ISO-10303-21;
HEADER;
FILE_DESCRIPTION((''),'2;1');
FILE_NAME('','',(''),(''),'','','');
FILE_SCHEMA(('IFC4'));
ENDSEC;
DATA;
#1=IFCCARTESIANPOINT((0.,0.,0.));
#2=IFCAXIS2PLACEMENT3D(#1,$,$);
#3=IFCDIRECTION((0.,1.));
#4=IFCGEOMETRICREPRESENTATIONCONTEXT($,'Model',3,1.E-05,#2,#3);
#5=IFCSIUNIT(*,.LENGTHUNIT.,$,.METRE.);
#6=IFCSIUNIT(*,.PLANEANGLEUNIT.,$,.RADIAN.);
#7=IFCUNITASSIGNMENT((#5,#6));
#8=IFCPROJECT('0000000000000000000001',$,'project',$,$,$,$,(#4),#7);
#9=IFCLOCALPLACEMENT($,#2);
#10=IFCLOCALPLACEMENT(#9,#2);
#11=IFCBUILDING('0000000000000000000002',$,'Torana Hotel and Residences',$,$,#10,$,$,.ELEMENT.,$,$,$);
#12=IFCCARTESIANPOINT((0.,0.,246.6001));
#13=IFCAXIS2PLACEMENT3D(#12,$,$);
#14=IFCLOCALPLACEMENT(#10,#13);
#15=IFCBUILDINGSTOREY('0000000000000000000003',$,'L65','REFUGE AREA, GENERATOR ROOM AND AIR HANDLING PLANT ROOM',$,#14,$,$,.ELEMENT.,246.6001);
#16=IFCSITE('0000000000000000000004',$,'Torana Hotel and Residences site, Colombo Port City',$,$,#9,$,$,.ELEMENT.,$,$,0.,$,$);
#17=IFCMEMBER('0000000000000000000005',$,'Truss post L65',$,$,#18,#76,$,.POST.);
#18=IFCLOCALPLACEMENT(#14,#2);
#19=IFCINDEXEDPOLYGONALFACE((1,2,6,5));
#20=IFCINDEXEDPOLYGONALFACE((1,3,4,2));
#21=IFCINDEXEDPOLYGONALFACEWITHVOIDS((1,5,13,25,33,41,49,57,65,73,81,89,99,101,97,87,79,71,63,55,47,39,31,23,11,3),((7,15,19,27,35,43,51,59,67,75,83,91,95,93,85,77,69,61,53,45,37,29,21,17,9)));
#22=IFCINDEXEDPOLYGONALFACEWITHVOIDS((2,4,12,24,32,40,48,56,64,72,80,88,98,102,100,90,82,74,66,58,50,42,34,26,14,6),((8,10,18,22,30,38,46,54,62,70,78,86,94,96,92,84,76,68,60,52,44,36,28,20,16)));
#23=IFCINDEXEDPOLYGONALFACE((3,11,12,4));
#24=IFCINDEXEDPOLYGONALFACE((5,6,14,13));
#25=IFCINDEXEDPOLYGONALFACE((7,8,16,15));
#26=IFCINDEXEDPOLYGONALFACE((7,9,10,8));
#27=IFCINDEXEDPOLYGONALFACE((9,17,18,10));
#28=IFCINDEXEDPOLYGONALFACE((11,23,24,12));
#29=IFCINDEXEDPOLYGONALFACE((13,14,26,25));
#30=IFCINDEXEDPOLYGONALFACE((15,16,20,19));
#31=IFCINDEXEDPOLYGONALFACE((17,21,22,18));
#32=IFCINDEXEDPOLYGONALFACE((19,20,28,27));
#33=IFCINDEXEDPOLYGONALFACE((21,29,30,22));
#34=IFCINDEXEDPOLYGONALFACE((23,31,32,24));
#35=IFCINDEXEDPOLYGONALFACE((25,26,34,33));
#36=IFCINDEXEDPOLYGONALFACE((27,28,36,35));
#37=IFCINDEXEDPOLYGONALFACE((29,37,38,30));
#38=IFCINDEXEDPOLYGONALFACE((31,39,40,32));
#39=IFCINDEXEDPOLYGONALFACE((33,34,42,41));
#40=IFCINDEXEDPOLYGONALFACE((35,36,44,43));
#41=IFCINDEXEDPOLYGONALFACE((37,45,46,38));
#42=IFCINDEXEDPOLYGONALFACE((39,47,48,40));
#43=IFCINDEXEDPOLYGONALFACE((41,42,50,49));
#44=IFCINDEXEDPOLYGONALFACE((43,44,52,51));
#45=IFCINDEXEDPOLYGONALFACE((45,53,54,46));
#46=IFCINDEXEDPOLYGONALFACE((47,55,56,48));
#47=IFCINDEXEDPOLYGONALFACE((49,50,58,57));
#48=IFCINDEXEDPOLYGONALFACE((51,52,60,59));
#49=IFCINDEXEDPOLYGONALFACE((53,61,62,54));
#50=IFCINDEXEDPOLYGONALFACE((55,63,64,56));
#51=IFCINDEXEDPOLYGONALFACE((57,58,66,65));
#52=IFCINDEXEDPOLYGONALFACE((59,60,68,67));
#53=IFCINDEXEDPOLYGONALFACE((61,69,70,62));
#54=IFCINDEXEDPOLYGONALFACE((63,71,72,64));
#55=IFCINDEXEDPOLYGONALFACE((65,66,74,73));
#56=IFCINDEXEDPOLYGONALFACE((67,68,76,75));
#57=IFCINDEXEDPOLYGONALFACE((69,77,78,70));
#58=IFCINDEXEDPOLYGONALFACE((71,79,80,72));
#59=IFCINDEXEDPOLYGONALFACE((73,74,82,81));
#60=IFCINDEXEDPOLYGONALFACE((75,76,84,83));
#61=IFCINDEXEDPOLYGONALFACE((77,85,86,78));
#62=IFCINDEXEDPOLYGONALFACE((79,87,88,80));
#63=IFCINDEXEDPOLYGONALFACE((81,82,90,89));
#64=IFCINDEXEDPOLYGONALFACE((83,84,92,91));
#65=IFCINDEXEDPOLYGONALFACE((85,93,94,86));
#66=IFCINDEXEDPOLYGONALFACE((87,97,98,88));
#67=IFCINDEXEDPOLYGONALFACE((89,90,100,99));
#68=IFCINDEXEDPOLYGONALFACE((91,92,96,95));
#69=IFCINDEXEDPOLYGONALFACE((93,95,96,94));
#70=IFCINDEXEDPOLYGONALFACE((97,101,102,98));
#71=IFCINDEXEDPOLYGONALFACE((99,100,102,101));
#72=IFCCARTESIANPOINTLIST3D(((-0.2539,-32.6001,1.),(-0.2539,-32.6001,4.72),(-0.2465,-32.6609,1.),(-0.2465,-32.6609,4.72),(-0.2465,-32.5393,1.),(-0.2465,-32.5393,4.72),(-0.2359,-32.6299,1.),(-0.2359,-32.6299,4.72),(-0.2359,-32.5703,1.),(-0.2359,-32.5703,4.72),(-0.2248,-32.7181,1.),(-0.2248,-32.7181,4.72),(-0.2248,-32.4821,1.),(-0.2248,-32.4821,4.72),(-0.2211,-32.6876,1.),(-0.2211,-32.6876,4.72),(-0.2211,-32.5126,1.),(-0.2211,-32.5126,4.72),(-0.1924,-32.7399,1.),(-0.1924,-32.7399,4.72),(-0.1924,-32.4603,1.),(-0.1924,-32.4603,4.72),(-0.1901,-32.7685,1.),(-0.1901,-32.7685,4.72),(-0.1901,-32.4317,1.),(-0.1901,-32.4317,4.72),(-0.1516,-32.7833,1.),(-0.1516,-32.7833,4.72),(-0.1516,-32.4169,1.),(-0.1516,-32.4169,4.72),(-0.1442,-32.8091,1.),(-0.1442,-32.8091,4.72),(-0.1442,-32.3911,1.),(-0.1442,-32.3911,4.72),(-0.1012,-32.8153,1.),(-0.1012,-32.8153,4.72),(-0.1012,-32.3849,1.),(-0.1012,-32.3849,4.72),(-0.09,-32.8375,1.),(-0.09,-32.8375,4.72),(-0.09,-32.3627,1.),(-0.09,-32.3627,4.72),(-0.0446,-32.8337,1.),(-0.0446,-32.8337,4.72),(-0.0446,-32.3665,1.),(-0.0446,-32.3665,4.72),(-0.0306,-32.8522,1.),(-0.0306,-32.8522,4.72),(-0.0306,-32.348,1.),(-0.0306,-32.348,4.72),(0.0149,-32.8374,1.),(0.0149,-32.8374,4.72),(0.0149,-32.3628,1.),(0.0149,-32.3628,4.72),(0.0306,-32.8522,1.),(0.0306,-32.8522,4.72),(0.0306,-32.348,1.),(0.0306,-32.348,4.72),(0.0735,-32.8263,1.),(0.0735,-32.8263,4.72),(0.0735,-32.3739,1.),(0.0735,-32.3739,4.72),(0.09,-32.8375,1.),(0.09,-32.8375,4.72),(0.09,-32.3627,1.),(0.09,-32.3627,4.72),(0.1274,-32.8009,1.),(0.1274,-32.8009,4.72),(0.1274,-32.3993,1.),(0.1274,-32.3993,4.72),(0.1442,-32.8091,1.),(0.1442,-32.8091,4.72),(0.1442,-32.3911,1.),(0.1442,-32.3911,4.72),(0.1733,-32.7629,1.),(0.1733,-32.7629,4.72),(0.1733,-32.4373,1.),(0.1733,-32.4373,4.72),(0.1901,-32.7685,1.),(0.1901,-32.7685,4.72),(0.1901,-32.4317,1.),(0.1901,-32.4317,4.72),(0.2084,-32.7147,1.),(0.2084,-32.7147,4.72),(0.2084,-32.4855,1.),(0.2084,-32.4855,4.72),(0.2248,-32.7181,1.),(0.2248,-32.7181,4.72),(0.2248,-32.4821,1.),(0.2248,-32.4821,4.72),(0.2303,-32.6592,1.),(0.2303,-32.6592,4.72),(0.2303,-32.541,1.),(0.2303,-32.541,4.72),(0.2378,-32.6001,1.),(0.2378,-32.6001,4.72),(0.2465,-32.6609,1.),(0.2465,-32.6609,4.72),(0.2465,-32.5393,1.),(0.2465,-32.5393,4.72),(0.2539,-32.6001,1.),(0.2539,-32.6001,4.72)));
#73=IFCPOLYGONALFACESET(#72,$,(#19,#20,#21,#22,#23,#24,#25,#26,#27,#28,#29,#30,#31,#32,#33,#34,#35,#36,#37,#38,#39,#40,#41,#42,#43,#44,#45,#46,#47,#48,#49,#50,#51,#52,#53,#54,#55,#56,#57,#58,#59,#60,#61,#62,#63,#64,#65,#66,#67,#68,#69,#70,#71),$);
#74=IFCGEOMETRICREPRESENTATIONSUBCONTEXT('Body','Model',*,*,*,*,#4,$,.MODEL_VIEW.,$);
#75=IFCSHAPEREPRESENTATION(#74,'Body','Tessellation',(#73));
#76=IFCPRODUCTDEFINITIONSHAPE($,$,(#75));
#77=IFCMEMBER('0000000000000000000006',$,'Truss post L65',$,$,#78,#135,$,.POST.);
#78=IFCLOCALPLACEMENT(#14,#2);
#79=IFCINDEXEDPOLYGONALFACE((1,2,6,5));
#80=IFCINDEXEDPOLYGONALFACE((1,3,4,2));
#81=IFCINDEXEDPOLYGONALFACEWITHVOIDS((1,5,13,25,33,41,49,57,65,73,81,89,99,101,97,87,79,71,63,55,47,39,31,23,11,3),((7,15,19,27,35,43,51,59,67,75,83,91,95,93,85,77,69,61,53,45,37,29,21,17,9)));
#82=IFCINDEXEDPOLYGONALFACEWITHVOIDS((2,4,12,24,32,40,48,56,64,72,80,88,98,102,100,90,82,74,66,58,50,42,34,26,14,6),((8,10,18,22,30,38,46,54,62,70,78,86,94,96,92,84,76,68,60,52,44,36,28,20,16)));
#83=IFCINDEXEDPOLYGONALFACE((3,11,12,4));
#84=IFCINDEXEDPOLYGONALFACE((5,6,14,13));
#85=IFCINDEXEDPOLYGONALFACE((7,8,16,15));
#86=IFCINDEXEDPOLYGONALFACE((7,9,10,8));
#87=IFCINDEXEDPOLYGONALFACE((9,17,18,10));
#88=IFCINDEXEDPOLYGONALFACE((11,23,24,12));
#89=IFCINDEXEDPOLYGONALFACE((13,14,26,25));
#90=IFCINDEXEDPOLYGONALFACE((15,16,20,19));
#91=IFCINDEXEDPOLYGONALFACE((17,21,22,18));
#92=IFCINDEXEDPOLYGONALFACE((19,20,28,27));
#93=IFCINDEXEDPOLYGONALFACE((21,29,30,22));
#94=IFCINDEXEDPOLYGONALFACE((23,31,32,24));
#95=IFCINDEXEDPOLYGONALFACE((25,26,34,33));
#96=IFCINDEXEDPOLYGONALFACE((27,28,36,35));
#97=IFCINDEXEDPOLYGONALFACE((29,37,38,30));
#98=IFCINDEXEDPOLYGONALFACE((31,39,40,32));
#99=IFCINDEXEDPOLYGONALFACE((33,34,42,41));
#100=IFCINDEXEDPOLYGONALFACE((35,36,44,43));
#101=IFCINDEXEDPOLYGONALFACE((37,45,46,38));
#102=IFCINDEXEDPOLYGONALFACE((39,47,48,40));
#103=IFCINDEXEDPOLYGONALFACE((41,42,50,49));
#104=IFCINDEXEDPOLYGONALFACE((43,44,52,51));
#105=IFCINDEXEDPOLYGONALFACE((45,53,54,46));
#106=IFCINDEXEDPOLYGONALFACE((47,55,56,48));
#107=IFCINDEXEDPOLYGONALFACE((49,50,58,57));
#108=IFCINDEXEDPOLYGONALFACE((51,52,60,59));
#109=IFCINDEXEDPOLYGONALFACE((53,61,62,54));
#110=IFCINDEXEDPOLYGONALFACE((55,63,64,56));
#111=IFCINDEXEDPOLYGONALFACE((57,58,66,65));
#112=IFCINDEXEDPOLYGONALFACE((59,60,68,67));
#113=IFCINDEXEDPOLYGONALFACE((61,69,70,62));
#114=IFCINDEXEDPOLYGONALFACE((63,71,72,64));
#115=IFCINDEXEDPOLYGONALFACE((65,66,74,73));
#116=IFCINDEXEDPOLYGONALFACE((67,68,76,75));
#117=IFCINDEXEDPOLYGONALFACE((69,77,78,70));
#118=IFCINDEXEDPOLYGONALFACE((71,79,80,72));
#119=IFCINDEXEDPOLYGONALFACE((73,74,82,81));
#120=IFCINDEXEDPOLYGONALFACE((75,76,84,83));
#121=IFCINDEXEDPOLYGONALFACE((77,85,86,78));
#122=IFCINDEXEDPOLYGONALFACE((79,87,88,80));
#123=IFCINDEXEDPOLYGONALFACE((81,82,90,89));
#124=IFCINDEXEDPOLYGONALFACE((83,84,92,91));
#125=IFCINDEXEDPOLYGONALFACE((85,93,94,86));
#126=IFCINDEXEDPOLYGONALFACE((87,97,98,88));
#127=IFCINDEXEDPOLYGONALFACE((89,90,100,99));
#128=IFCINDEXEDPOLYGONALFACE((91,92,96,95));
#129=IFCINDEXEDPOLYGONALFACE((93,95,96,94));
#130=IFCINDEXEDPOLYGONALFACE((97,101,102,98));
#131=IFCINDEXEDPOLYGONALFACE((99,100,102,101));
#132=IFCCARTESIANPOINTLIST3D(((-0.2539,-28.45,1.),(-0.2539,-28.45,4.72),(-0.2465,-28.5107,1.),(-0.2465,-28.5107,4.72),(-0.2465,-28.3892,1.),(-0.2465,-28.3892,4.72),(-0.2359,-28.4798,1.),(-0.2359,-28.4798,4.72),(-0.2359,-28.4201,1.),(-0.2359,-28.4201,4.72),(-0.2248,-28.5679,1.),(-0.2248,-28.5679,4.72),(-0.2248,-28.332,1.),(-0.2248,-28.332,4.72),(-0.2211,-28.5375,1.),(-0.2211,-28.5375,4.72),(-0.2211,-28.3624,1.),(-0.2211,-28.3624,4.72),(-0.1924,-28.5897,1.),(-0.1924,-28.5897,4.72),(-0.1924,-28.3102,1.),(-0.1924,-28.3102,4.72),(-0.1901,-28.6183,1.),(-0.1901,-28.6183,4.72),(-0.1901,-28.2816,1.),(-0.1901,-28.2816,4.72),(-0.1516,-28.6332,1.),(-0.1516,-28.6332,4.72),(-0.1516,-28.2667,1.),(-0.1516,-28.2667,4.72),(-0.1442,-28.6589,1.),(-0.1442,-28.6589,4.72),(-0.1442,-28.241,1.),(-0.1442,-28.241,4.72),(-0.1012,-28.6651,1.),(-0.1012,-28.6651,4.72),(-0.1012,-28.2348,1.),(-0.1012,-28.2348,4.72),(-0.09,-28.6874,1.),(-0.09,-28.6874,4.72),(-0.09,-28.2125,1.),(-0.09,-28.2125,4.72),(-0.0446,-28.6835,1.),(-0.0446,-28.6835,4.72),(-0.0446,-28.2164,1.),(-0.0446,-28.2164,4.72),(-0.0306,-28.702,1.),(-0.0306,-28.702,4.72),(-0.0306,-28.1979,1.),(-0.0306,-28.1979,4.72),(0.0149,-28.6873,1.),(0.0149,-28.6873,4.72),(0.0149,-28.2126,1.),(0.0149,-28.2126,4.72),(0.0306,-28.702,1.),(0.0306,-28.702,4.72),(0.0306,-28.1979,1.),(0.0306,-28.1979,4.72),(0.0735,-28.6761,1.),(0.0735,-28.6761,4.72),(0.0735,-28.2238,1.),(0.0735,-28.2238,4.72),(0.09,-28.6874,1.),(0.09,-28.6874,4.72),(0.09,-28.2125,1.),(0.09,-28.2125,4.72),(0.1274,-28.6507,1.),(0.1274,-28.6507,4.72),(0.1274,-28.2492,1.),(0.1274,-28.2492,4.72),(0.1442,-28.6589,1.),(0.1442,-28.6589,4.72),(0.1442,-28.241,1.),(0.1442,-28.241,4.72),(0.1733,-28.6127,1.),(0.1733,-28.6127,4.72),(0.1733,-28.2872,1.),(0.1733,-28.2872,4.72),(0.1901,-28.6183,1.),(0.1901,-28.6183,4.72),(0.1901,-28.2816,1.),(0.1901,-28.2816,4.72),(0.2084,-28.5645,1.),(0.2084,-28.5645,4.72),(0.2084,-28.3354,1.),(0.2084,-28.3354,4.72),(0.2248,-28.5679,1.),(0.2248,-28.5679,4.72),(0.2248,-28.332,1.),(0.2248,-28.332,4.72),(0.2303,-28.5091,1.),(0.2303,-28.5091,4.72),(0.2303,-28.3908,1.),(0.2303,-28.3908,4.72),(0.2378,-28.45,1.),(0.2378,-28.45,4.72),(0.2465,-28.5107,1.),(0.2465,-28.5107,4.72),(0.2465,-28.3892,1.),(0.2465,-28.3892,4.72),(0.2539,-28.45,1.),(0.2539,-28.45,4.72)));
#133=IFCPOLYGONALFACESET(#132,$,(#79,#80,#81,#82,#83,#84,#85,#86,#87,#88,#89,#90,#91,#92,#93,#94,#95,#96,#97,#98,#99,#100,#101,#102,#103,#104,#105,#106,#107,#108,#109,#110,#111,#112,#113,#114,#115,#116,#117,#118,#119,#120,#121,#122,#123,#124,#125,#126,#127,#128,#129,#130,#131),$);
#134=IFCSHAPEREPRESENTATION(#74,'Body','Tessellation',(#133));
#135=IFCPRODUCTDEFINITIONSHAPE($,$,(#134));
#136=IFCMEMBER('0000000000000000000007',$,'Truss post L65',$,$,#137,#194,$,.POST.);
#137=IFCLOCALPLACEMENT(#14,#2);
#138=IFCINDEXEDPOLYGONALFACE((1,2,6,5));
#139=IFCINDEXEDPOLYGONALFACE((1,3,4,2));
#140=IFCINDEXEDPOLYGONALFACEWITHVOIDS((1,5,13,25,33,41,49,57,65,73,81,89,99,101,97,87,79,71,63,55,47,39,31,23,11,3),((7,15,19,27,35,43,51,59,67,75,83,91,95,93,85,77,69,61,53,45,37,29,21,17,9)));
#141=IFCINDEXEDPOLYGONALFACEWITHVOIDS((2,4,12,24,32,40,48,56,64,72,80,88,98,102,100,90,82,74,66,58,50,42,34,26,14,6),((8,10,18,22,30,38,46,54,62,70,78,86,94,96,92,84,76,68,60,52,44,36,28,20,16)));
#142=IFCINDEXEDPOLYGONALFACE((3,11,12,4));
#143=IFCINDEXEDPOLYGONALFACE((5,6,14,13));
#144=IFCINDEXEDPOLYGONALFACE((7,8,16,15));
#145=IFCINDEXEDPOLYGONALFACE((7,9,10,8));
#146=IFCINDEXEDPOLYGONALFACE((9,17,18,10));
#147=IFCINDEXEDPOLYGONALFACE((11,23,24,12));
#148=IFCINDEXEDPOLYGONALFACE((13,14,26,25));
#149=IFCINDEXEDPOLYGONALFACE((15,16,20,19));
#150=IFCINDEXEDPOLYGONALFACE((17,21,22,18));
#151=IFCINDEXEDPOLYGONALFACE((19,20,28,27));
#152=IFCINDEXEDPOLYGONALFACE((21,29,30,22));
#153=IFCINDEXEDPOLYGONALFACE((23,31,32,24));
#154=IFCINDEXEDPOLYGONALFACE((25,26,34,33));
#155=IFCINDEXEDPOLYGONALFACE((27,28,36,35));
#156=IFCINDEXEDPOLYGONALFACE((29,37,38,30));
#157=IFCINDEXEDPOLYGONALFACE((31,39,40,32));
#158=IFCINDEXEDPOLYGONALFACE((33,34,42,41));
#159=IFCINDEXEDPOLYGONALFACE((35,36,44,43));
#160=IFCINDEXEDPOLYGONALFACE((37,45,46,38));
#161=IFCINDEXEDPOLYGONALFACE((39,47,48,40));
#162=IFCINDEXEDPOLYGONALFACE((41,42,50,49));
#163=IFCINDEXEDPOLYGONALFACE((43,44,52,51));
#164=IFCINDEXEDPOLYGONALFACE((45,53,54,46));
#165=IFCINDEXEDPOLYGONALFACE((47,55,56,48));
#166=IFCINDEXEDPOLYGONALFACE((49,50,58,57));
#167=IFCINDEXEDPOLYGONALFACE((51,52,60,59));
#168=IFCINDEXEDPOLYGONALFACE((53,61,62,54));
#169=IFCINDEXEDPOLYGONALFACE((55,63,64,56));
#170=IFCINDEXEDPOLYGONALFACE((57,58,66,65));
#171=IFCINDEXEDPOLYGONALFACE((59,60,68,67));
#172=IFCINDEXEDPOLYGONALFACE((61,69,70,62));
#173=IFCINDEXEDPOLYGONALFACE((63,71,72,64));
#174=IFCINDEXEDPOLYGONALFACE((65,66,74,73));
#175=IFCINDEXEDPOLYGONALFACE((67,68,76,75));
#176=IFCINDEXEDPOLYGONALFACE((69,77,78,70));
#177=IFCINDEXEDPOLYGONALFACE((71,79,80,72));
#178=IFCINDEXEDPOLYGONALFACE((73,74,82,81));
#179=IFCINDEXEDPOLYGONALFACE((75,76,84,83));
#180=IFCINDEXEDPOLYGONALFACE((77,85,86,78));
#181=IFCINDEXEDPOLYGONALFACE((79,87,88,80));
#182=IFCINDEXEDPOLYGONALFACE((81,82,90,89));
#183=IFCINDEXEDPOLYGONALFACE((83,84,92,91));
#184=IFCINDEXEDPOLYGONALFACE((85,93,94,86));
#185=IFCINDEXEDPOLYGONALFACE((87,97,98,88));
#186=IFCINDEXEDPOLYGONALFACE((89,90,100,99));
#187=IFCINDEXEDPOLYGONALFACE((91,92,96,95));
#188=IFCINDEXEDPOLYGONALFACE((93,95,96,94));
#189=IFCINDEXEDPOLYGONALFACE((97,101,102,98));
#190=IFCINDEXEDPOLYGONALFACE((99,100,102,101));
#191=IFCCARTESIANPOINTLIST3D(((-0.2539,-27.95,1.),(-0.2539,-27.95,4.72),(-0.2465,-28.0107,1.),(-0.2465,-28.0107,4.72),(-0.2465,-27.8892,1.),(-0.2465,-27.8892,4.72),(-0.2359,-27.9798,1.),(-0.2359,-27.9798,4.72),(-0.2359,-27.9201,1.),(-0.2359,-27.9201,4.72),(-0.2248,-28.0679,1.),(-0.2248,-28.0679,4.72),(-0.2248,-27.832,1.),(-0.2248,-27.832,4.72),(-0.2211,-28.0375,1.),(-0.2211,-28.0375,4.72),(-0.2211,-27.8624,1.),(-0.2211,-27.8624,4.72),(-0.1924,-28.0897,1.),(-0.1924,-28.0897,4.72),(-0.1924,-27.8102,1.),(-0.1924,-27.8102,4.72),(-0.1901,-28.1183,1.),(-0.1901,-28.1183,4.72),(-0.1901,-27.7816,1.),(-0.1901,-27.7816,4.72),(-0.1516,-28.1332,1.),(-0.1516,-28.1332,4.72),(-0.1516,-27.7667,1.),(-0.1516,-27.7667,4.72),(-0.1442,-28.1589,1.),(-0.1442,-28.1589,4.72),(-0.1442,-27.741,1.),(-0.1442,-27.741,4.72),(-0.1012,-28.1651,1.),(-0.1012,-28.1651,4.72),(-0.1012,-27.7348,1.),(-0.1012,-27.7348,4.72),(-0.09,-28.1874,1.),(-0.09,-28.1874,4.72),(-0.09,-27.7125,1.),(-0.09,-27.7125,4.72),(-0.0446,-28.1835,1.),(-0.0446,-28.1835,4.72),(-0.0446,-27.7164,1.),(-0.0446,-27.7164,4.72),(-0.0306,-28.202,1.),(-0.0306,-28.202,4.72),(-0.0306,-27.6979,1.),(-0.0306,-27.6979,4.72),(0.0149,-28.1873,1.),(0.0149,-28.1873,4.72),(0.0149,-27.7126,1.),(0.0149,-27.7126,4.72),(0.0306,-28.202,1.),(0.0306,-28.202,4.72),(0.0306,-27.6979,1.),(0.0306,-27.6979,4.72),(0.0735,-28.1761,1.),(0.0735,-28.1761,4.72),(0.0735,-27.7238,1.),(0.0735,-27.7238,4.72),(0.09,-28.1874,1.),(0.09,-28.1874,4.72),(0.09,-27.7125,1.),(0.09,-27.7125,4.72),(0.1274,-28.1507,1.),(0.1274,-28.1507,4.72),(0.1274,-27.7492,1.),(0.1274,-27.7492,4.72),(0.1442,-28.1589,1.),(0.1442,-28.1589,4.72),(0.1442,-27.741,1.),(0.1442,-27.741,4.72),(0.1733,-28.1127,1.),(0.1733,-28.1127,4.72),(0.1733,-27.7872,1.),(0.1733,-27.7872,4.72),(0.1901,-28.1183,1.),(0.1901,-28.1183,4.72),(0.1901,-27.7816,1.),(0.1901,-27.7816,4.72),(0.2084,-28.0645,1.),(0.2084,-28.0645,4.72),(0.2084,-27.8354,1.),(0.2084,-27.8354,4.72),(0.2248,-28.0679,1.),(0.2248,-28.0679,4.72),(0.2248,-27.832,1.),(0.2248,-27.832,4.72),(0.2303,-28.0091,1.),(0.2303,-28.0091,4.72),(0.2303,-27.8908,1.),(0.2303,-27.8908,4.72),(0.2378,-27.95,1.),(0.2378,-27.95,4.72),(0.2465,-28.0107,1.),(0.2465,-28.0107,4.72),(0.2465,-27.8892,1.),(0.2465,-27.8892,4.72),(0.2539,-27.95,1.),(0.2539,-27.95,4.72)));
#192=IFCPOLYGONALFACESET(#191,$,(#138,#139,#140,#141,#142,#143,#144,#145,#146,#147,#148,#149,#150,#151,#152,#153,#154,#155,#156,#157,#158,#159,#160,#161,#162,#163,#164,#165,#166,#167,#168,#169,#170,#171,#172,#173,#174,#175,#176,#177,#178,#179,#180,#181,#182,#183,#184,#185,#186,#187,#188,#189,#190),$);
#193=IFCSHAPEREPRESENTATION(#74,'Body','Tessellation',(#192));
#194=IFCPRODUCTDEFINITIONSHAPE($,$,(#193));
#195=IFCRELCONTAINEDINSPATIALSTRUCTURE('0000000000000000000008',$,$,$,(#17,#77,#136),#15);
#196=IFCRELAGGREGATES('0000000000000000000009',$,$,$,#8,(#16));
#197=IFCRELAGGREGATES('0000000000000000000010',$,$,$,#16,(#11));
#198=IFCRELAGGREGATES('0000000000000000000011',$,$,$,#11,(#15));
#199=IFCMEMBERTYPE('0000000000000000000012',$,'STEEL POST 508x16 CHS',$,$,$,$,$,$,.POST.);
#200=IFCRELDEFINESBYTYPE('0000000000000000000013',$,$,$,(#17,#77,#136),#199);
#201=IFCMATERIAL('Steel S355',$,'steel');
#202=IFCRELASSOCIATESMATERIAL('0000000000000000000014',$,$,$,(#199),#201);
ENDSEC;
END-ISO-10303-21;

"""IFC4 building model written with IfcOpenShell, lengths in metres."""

from ifc_helpers import new_model, si_unit, direction, frame, origin, origin_2d, place, context, subcontext, project, spatial, hollow_circle, extrude, material, material_profile, profile_set, type_object, element, save


model = new_model("IFC4")

# Units and contexts
model_context = context("Model", 3, precision=1e-05, world=origin(), true_north=direction((0.0, 1.0)))
body_context = subcontext(model_context, "Body", "Model", "MODEL_VIEW")
ifc_project = project(units=[si_unit("LENGTHUNIT", "METRE"), si_unit("PLANEANGLEUNIT", "RADIAN")], contexts=[model_context])

# Site, building, storey
site_placement = place(None, origin())
site = spatial("IfcSite", under=ifc_project, at=site_placement, Name="Torana Hotel and Residences site, Colombo Port City", CompositionType="ELEMENT", RefElevation=0.0)
building_placement = place(site_placement, origin())
building = spatial("IfcBuilding", under=site, at=building_placement, Name="Torana Hotel and Residences", CompositionType="ELEMENT")
storey_placement = place(building_placement, frame((0.0, 0.0, 246.6001)))
storey = spatial("IfcBuildingStorey", under=building, at=storey_placement, Name="L65", Description="REFUGE AREA, GENERATOR ROOM AND AIR HANDLING PLANT ROOM", CompositionType="ELEMENT", Elevation=246.6001)

# Members
ifc_material_1 = material(Name="Steel S355", Category="steel")
ifc_material_profile_1 = material_profile(ifc_material_1, hollow_circle(Radius=0.2539, WallThickness=0.0161, at=origin_2d()), Name="508x16 CHS")
ifc_profile_set_1 = profile_set([ifc_material_profile_1], Name="Steel S355")
member_type_1 = type_object("IfcMemberType", Name="STEEL POST 508x16 CHS", PredefinedType="POST", material=ifc_profile_set_1)
for number, where, z_axis, x_axis, name in (
    (1, (0.0, -32.6001, 1.0), (0.0, 0.0, 1.0), (1.0, 0.0, 0.0), "Truss post L65"),
    (2, (0.0, -28.45, 1.0), (0.0, 0.0, 1.0), (1.0, 0.0, 0.0), "Truss post L65"),
    (3, (0.0, -27.95, 1.0), (0.0, 0.0, 1.0), (1.0, 0.0, 0.0), "Truss post L65"),
):
    element("IfcMember", number, at=place(storey_placement, frame(where, z_axis=z_axis, x_axis=x_axis)), inside=storey, type_object=member_type_1, Name=name, PredefinedType="POST", context=body_context, shape_type="SweptSolid", body=[
        extrude(hollow_circle(Radius=0.2539, WallThickness=0.0161, at=origin_2d()), origin(), (0.0, 0.0, 1.0), 3.72),
    ])

save(model, "model.ifc")
